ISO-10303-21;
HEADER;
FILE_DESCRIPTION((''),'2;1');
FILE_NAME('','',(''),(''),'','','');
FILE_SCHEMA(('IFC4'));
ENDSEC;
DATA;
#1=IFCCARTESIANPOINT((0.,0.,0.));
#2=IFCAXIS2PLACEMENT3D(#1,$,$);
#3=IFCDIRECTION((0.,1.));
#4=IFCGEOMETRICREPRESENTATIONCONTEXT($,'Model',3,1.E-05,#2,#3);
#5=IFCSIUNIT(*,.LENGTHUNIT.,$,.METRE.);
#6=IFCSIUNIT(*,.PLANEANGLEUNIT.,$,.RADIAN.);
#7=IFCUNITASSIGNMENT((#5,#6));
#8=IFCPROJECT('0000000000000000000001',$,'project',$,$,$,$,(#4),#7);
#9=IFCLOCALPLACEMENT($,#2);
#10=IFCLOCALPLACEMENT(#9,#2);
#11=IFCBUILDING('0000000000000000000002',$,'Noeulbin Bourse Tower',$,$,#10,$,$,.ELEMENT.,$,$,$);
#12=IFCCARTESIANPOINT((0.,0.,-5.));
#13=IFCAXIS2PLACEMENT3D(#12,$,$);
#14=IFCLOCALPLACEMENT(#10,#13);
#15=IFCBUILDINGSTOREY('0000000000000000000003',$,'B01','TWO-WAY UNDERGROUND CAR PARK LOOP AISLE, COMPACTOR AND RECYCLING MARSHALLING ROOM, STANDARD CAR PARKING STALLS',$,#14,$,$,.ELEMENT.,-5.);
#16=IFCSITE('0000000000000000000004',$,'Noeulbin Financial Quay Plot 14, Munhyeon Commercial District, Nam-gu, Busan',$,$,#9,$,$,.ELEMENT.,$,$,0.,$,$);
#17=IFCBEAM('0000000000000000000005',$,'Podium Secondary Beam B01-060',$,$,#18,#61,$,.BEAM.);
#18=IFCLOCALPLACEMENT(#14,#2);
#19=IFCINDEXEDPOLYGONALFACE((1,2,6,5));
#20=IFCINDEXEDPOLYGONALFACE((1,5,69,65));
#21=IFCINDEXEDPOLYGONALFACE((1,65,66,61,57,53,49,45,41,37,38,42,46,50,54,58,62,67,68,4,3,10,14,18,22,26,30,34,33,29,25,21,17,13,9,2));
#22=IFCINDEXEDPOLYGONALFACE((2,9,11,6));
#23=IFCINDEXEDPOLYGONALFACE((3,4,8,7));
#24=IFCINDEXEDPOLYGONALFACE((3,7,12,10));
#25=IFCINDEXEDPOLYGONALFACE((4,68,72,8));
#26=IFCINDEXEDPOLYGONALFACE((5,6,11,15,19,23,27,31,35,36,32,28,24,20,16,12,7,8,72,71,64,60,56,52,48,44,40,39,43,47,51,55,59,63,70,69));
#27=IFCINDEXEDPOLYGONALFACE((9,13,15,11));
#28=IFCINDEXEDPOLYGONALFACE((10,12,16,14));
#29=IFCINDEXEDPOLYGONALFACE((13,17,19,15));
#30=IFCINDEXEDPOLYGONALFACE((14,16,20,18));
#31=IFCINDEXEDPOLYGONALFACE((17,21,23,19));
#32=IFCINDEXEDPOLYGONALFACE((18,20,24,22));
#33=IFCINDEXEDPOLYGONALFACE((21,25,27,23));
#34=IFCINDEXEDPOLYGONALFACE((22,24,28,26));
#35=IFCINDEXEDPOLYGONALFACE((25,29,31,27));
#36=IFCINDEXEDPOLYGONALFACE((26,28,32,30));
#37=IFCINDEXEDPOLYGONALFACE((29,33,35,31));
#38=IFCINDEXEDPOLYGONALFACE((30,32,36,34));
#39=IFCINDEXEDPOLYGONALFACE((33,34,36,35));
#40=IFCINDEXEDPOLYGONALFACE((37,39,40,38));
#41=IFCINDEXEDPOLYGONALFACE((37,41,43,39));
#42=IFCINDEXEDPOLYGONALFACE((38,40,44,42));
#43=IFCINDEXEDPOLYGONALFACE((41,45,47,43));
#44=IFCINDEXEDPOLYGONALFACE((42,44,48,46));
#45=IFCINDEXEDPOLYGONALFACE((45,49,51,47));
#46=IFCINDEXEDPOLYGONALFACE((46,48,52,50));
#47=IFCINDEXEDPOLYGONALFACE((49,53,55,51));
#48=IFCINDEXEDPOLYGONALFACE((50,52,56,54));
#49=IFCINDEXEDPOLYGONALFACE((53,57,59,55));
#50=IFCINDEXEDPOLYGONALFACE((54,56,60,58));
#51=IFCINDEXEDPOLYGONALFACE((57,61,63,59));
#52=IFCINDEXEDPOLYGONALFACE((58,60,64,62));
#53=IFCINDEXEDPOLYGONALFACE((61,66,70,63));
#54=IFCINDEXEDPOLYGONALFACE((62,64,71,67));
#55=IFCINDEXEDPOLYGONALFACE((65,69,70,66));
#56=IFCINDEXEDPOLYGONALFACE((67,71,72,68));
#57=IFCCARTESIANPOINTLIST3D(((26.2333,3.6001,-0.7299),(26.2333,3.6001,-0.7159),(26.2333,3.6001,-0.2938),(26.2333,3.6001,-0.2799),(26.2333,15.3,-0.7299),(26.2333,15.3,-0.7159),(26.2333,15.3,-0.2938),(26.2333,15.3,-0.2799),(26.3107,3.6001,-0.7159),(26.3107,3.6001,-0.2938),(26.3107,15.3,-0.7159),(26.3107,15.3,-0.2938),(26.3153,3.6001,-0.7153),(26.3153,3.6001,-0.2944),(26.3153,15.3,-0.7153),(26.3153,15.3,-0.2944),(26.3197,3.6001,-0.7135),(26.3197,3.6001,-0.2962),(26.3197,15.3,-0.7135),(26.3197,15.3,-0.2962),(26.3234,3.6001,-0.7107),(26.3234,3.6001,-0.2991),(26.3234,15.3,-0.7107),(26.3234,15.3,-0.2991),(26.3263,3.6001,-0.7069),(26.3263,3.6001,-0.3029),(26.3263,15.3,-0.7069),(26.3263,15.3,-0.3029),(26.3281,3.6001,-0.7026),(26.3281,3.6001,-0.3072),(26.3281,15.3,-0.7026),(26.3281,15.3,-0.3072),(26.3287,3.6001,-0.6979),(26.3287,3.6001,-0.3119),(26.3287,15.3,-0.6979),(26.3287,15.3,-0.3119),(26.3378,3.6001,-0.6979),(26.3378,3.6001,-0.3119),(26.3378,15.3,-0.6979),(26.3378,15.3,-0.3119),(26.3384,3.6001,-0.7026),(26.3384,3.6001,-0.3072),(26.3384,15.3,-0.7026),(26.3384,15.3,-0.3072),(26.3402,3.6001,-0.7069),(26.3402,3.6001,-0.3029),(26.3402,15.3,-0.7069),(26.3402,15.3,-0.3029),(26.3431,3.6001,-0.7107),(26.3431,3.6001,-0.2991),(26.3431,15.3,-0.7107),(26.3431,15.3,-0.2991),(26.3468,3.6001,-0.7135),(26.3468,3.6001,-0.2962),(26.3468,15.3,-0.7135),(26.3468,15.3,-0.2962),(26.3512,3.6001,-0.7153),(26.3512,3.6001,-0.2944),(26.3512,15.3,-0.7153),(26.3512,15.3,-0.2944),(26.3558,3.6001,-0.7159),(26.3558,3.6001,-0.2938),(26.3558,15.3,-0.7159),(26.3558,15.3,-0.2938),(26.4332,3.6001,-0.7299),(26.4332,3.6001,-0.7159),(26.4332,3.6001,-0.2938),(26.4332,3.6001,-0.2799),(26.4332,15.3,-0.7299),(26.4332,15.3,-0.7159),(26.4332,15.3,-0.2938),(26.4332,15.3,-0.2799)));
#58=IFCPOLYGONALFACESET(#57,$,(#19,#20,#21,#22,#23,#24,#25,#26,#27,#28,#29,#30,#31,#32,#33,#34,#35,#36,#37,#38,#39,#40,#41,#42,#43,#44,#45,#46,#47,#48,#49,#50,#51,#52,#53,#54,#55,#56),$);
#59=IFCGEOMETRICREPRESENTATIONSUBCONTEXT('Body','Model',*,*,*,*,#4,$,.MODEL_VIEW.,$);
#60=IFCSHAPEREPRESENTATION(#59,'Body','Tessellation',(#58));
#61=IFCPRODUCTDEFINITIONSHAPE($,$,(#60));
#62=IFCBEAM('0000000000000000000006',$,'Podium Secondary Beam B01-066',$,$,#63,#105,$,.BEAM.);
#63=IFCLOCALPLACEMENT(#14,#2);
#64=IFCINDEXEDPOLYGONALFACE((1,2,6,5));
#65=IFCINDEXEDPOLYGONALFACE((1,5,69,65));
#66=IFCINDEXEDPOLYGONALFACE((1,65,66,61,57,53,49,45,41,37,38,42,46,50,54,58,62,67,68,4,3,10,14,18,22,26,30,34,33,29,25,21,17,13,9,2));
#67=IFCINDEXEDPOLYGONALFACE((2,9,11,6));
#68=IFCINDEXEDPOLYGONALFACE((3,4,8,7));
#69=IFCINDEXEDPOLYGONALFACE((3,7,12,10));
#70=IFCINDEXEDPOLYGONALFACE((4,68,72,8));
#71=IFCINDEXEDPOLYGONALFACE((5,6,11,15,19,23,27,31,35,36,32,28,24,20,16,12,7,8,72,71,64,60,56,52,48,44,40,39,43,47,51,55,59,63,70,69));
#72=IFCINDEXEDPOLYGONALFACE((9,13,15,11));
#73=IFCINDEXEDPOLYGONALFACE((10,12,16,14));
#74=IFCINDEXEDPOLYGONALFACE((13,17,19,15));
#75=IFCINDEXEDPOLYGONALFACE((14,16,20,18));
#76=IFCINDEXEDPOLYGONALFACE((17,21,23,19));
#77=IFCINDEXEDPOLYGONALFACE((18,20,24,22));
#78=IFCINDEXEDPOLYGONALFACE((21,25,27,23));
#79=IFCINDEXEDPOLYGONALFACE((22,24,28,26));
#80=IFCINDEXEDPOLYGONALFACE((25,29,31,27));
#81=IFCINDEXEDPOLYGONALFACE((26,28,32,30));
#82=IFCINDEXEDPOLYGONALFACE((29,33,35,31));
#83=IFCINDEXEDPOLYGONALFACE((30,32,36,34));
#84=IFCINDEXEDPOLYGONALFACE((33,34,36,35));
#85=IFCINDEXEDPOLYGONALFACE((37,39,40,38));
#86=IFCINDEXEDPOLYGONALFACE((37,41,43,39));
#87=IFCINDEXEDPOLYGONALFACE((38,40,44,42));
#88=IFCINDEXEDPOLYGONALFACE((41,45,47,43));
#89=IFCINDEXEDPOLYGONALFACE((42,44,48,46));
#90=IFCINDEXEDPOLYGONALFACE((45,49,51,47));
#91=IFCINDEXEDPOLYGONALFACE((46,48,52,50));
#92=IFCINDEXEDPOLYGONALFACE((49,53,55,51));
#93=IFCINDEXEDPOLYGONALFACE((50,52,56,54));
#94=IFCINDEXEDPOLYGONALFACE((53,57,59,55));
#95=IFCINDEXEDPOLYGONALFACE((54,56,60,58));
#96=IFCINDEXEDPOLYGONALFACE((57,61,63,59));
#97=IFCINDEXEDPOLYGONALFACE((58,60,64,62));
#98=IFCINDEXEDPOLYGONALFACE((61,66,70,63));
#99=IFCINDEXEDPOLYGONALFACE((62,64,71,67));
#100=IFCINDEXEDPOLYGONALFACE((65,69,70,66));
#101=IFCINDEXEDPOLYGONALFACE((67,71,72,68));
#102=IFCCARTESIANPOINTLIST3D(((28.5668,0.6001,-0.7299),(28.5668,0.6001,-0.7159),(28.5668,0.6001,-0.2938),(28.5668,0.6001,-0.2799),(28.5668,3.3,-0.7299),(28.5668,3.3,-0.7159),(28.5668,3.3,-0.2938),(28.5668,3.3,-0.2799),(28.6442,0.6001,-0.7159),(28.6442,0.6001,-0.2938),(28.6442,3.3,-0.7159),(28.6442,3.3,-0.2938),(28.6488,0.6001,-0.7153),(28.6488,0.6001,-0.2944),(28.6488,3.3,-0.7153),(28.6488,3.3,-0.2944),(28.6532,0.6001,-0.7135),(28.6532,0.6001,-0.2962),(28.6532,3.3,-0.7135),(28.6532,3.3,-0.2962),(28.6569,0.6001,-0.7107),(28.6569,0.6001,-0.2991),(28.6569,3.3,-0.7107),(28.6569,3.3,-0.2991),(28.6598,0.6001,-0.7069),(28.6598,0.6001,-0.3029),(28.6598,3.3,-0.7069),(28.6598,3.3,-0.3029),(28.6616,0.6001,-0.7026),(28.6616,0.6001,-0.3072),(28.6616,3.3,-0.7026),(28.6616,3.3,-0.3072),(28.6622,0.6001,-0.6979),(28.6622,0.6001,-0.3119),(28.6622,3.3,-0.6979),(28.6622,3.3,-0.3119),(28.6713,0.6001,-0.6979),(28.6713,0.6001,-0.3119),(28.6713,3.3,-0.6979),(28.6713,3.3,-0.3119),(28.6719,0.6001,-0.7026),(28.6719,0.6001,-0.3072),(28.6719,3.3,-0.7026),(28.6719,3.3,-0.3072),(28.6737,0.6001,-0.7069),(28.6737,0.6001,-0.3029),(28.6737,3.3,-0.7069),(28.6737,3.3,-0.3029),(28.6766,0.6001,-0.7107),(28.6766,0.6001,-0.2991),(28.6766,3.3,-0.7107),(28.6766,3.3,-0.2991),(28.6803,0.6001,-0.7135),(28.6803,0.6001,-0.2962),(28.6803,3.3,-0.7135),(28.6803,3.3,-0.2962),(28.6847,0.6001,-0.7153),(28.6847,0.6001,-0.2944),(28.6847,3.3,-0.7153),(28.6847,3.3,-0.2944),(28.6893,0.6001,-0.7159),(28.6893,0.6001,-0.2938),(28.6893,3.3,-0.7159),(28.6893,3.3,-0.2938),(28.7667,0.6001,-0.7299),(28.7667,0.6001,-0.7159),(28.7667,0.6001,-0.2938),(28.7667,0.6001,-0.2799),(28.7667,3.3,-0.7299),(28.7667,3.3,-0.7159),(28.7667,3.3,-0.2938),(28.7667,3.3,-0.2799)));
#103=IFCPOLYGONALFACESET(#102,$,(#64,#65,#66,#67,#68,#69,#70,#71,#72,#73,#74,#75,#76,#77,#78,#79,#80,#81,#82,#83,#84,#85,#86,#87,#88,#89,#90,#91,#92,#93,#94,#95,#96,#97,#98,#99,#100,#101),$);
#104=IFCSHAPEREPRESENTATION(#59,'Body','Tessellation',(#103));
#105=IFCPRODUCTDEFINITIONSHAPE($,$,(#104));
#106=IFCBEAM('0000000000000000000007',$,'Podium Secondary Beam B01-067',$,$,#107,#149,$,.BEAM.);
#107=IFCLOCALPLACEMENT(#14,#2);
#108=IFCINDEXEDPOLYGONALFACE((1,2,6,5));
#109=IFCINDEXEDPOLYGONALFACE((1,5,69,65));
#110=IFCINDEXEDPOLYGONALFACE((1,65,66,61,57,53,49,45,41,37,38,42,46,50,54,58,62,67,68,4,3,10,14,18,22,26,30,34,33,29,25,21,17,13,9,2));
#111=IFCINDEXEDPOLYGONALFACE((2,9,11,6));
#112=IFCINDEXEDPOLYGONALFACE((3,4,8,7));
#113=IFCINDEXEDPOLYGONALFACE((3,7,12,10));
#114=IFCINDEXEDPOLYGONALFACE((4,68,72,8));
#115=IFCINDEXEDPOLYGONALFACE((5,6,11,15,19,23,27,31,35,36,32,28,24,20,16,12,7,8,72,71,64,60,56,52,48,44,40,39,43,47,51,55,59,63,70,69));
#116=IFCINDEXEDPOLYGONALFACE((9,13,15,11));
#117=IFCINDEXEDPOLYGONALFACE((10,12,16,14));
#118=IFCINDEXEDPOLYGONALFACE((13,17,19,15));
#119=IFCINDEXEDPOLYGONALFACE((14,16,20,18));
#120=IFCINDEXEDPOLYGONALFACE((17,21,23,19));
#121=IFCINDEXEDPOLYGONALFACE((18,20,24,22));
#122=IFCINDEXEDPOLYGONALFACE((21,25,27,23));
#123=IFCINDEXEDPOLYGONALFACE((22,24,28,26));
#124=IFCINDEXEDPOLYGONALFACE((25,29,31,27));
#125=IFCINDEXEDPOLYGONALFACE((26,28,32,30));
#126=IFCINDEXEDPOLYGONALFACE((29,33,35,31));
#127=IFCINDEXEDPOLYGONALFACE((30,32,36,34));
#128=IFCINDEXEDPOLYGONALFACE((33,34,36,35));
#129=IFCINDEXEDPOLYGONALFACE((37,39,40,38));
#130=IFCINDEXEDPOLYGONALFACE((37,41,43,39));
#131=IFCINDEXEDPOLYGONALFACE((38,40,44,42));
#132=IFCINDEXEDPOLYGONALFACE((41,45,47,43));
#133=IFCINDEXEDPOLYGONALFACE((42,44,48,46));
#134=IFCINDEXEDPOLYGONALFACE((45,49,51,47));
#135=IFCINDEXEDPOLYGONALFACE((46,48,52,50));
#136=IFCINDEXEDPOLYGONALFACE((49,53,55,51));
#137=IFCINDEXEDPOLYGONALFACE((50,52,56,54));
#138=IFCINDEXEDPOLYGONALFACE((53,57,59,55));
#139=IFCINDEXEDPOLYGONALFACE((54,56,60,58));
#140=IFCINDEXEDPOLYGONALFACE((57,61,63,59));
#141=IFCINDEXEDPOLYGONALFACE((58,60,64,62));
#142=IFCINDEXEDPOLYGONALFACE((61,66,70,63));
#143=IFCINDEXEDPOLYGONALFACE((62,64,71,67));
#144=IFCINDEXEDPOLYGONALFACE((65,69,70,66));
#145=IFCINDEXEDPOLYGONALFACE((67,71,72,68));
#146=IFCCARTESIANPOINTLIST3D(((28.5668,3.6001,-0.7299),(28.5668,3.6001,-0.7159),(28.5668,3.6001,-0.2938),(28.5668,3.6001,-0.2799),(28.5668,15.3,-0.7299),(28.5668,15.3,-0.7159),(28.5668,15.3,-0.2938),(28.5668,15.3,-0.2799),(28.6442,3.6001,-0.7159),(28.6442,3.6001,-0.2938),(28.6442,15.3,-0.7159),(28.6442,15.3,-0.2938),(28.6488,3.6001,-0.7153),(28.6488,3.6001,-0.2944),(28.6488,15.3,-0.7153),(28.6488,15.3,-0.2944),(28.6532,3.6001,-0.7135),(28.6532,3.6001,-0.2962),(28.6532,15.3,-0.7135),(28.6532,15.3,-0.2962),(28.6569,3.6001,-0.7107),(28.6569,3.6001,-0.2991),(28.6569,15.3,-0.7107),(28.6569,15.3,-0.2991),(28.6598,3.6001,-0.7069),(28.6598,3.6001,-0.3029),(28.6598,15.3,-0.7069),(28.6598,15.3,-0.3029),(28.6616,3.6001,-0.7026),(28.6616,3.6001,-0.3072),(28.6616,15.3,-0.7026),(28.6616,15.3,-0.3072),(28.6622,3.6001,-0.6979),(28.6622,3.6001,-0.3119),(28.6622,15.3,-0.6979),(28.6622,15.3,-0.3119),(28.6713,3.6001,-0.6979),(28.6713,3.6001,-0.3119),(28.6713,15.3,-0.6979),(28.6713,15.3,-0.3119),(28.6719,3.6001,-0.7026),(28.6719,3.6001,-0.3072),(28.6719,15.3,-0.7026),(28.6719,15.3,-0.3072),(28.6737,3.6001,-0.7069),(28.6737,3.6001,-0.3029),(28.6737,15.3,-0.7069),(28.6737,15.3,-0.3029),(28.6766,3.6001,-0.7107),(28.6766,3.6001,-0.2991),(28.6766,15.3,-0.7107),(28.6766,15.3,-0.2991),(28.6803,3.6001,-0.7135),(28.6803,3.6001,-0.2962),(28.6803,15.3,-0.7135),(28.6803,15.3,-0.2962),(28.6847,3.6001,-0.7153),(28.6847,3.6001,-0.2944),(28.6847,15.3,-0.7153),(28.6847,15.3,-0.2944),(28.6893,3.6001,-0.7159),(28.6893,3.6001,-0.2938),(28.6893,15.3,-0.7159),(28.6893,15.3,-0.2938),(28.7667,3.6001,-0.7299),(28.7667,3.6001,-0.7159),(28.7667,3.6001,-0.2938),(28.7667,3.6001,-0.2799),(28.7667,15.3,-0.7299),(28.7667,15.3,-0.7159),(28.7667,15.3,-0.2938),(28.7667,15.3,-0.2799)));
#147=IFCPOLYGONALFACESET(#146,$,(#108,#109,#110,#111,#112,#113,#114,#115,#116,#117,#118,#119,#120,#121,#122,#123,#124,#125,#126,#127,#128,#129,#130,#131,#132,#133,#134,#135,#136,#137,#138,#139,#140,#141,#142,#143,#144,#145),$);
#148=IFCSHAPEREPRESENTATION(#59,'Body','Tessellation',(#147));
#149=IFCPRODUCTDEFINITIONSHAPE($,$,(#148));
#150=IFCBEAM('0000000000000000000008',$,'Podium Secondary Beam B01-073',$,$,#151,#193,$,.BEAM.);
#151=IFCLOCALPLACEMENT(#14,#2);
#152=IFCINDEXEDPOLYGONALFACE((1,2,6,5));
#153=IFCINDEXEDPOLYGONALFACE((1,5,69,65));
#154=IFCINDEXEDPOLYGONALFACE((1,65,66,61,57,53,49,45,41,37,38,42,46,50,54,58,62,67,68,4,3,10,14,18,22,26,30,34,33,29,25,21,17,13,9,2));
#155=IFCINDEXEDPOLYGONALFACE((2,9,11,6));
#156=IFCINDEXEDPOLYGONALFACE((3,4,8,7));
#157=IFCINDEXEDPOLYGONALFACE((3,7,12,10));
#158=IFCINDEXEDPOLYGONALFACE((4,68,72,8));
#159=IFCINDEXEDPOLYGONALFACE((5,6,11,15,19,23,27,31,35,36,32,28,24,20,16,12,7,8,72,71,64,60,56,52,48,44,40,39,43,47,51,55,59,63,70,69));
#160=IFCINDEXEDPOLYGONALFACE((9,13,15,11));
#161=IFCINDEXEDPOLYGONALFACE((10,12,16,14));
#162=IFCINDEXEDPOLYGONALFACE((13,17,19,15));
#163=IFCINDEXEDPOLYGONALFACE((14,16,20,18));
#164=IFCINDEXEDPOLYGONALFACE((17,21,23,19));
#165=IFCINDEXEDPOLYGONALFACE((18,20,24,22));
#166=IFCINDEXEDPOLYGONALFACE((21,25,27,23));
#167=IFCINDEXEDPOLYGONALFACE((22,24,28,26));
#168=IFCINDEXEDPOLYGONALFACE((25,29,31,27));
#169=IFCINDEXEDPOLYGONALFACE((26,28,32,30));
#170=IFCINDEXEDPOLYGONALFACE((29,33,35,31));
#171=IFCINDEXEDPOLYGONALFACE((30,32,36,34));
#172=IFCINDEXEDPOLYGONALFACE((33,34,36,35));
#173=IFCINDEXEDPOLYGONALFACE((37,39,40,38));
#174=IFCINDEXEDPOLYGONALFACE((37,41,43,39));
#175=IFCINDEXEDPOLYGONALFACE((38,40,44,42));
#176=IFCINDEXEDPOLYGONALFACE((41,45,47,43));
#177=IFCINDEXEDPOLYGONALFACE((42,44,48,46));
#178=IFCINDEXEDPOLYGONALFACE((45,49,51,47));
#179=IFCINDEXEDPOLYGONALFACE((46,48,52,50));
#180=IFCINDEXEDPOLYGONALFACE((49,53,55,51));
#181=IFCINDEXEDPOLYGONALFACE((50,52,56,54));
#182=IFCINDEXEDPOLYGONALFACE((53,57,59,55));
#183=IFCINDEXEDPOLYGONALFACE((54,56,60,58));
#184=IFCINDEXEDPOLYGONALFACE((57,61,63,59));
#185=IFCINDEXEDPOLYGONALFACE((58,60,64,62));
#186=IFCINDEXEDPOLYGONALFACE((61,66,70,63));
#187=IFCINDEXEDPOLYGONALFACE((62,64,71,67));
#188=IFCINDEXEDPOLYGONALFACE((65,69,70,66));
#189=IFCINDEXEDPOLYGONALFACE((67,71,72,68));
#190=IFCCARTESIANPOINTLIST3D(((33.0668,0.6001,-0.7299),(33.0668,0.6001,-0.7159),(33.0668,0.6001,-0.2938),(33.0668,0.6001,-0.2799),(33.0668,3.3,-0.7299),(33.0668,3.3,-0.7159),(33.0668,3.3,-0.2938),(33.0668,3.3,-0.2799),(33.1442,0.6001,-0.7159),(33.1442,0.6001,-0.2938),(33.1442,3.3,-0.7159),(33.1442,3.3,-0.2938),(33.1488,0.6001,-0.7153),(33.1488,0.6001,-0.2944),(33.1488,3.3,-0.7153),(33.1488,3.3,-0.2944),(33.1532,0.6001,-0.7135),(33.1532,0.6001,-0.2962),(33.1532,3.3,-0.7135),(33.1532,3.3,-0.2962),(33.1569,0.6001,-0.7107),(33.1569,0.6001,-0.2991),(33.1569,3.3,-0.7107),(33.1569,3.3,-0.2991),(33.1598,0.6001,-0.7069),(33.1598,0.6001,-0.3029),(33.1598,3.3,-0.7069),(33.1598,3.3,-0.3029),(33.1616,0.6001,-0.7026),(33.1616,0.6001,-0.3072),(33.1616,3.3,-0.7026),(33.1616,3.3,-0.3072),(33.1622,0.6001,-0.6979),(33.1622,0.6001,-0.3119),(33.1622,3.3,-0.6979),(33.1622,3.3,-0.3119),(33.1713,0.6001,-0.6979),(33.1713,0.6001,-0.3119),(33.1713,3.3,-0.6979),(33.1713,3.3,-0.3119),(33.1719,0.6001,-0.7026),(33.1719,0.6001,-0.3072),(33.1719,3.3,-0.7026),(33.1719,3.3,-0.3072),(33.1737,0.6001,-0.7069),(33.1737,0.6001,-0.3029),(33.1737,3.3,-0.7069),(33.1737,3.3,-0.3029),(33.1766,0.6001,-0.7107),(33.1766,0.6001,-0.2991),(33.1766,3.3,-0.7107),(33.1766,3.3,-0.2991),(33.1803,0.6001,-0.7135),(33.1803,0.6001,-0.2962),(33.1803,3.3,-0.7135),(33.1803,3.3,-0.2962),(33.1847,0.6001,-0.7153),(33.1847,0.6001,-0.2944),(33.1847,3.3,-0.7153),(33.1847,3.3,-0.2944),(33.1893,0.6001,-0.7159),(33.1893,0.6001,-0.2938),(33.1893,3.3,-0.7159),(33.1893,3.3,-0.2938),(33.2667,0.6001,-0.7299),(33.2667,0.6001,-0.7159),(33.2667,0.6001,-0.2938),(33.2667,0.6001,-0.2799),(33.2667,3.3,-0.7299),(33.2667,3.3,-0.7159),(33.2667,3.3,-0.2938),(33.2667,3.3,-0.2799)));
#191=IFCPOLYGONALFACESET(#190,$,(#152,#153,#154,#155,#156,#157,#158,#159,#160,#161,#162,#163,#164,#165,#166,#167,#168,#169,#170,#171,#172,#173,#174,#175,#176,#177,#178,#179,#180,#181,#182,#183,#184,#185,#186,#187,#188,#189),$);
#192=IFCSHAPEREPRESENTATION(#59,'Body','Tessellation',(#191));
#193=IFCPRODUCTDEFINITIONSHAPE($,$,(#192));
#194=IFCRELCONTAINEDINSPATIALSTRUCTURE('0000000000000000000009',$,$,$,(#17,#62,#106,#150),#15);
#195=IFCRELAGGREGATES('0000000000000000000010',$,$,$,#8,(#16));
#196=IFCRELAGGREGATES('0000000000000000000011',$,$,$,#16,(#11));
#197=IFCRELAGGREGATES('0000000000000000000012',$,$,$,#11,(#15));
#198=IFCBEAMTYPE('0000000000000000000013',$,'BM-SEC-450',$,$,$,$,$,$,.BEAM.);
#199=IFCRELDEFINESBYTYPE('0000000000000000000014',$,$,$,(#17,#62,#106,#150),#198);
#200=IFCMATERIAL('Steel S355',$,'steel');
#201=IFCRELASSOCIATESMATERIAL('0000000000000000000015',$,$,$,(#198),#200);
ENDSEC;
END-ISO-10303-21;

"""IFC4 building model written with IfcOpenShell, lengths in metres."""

from ifc_helpers import new_model, si_unit, direction, frame, origin, origin_2d, place, context, subcontext, project, spatial, i_section, extrude, material, material_profile, profile_set, type_object, element, save


model = new_model("IFC4")

# Units and contexts
model_context = context("Model", 3, precision=1e-05, world=origin(), true_north=direction((0.0, 1.0)))
body_context = subcontext(model_context, "Body", "Model", "MODEL_VIEW")
ifc_project = project(units=[si_unit("LENGTHUNIT", "METRE"), si_unit("PLANEANGLEUNIT", "RADIAN")], contexts=[model_context])

# Site, building, storey
site_placement = place(None, origin())
site = spatial("IfcSite", under=ifc_project, at=site_placement, Name="Noeulbin Financial Quay Plot 14, Munhyeon Commercial District, Nam-gu, Busan", CompositionType="ELEMENT", RefElevation=0.0)
building_placement = place(site_placement, origin())
building = spatial("IfcBuilding", under=site, at=building_placement, Name="Noeulbin Bourse Tower", CompositionType="ELEMENT")
storey_placement = place(building_placement, frame((0.0, 0.0, -5.0)))
storey = spatial("IfcBuildingStorey", under=building, at=storey_placement, Name="B01", Description="TWO-WAY UNDERGROUND CAR PARK LOOP AISLE, COMPACTOR AND RECYCLING MARSHALLING ROOM, STANDARD CAR PARKING STALLS", CompositionType="ELEMENT", Elevation=-5.0)

# Beams
ifc_material_1 = material(Name="Steel S355", Category="steel")
ifc_material_profile_1 = material_profile(ifc_material_1, i_section(OverallWidth=0.2, OverallDepth=0.45, WebThickness=0.009, FlangeThickness=0.0139, FilletRadius=0.0181, at=origin_2d()), Name="H-450x200x9x14", Category="LoadBearing")
ifc_profile_set_1 = profile_set([ifc_material_profile_1], Name="Steel S355")
beam_type_1 = type_object("IfcBeamType", Name="BM-SEC-450", PredefinedType="BEAM", material=ifc_profile_set_1)
beam_1_placement = place(storey_placement, frame((26.3333, 3.6001, -0.5049), z_axis=(0.0, 1.0, 0.0), x_axis=(-1.0, 0.0, 0.0)))
element("IfcBeam", 1, at=beam_1_placement, inside=storey, type_object=beam_type_1, Name="Podium Secondary Beam B01-060", PredefinedType="BEAM", context=body_context, shape_type="SweptSolid", body=[
    extrude(i_section(OverallWidth=0.2, OverallDepth=0.45, WebThickness=0.009, FlangeThickness=0.0139, FilletRadius=0.0181, at=origin_2d()), origin(), (0.0, 0.0, 1.0), 11.7),
])
beam_2_placement = place(storey_placement, frame((28.6667, 0.6001, -0.5049), z_axis=(0.0, 1.0, 0.0), x_axis=(-1.0, 0.0, 0.0)))
element("IfcBeam", 2, at=beam_2_placement, inside=storey, type_object=beam_type_1, Name="Podium Secondary Beam B01-066", PredefinedType="BEAM", context=body_context, shape_type="SweptSolid", body=[
    extrude(i_section(OverallWidth=0.2, OverallDepth=0.45, WebThickness=0.009, FlangeThickness=0.0139, FilletRadius=0.0181, at=origin_2d()), origin(), (0.0, 0.0, 1.0), 2.7),
])
beam_3_placement = place(storey_placement, frame((28.6667, 3.6001, -0.5049), z_axis=(0.0, 1.0, 0.0), x_axis=(-1.0, 0.0, 0.0)))
element("IfcBeam", 3, at=beam_3_placement, inside=storey, type_object=beam_type_1, Name="Podium Secondary Beam B01-067", PredefinedType="BEAM", context=body_context, shape_type="SweptSolid", body=[
    extrude(i_section(OverallWidth=0.2, OverallDepth=0.45, WebThickness=0.009, FlangeThickness=0.0139, FilletRadius=0.0181, at=origin_2d()), origin(), (0.0, 0.0, 1.0), 11.7),
])
beam_4_placement = place(storey_placement, frame((33.1667, 0.6001, -0.5049), z_axis=(0.0, 1.0, 0.0), x_axis=(-1.0, 0.0, 0.0)))
element("IfcBeam", 4, at=beam_4_placement, inside=storey, type_object=beam_type_1, Name="Podium Secondary Beam B01-073", PredefinedType="BEAM", context=body_context, shape_type="SweptSolid", body=[
    extrude(i_section(OverallWidth=0.2, OverallDepth=0.45, WebThickness=0.009, FlangeThickness=0.0139, FilletRadius=0.0181, at=origin_2d()), origin(), (0.0, 0.0, 1.0), 2.7),
])

save(model, "model.ifc")
